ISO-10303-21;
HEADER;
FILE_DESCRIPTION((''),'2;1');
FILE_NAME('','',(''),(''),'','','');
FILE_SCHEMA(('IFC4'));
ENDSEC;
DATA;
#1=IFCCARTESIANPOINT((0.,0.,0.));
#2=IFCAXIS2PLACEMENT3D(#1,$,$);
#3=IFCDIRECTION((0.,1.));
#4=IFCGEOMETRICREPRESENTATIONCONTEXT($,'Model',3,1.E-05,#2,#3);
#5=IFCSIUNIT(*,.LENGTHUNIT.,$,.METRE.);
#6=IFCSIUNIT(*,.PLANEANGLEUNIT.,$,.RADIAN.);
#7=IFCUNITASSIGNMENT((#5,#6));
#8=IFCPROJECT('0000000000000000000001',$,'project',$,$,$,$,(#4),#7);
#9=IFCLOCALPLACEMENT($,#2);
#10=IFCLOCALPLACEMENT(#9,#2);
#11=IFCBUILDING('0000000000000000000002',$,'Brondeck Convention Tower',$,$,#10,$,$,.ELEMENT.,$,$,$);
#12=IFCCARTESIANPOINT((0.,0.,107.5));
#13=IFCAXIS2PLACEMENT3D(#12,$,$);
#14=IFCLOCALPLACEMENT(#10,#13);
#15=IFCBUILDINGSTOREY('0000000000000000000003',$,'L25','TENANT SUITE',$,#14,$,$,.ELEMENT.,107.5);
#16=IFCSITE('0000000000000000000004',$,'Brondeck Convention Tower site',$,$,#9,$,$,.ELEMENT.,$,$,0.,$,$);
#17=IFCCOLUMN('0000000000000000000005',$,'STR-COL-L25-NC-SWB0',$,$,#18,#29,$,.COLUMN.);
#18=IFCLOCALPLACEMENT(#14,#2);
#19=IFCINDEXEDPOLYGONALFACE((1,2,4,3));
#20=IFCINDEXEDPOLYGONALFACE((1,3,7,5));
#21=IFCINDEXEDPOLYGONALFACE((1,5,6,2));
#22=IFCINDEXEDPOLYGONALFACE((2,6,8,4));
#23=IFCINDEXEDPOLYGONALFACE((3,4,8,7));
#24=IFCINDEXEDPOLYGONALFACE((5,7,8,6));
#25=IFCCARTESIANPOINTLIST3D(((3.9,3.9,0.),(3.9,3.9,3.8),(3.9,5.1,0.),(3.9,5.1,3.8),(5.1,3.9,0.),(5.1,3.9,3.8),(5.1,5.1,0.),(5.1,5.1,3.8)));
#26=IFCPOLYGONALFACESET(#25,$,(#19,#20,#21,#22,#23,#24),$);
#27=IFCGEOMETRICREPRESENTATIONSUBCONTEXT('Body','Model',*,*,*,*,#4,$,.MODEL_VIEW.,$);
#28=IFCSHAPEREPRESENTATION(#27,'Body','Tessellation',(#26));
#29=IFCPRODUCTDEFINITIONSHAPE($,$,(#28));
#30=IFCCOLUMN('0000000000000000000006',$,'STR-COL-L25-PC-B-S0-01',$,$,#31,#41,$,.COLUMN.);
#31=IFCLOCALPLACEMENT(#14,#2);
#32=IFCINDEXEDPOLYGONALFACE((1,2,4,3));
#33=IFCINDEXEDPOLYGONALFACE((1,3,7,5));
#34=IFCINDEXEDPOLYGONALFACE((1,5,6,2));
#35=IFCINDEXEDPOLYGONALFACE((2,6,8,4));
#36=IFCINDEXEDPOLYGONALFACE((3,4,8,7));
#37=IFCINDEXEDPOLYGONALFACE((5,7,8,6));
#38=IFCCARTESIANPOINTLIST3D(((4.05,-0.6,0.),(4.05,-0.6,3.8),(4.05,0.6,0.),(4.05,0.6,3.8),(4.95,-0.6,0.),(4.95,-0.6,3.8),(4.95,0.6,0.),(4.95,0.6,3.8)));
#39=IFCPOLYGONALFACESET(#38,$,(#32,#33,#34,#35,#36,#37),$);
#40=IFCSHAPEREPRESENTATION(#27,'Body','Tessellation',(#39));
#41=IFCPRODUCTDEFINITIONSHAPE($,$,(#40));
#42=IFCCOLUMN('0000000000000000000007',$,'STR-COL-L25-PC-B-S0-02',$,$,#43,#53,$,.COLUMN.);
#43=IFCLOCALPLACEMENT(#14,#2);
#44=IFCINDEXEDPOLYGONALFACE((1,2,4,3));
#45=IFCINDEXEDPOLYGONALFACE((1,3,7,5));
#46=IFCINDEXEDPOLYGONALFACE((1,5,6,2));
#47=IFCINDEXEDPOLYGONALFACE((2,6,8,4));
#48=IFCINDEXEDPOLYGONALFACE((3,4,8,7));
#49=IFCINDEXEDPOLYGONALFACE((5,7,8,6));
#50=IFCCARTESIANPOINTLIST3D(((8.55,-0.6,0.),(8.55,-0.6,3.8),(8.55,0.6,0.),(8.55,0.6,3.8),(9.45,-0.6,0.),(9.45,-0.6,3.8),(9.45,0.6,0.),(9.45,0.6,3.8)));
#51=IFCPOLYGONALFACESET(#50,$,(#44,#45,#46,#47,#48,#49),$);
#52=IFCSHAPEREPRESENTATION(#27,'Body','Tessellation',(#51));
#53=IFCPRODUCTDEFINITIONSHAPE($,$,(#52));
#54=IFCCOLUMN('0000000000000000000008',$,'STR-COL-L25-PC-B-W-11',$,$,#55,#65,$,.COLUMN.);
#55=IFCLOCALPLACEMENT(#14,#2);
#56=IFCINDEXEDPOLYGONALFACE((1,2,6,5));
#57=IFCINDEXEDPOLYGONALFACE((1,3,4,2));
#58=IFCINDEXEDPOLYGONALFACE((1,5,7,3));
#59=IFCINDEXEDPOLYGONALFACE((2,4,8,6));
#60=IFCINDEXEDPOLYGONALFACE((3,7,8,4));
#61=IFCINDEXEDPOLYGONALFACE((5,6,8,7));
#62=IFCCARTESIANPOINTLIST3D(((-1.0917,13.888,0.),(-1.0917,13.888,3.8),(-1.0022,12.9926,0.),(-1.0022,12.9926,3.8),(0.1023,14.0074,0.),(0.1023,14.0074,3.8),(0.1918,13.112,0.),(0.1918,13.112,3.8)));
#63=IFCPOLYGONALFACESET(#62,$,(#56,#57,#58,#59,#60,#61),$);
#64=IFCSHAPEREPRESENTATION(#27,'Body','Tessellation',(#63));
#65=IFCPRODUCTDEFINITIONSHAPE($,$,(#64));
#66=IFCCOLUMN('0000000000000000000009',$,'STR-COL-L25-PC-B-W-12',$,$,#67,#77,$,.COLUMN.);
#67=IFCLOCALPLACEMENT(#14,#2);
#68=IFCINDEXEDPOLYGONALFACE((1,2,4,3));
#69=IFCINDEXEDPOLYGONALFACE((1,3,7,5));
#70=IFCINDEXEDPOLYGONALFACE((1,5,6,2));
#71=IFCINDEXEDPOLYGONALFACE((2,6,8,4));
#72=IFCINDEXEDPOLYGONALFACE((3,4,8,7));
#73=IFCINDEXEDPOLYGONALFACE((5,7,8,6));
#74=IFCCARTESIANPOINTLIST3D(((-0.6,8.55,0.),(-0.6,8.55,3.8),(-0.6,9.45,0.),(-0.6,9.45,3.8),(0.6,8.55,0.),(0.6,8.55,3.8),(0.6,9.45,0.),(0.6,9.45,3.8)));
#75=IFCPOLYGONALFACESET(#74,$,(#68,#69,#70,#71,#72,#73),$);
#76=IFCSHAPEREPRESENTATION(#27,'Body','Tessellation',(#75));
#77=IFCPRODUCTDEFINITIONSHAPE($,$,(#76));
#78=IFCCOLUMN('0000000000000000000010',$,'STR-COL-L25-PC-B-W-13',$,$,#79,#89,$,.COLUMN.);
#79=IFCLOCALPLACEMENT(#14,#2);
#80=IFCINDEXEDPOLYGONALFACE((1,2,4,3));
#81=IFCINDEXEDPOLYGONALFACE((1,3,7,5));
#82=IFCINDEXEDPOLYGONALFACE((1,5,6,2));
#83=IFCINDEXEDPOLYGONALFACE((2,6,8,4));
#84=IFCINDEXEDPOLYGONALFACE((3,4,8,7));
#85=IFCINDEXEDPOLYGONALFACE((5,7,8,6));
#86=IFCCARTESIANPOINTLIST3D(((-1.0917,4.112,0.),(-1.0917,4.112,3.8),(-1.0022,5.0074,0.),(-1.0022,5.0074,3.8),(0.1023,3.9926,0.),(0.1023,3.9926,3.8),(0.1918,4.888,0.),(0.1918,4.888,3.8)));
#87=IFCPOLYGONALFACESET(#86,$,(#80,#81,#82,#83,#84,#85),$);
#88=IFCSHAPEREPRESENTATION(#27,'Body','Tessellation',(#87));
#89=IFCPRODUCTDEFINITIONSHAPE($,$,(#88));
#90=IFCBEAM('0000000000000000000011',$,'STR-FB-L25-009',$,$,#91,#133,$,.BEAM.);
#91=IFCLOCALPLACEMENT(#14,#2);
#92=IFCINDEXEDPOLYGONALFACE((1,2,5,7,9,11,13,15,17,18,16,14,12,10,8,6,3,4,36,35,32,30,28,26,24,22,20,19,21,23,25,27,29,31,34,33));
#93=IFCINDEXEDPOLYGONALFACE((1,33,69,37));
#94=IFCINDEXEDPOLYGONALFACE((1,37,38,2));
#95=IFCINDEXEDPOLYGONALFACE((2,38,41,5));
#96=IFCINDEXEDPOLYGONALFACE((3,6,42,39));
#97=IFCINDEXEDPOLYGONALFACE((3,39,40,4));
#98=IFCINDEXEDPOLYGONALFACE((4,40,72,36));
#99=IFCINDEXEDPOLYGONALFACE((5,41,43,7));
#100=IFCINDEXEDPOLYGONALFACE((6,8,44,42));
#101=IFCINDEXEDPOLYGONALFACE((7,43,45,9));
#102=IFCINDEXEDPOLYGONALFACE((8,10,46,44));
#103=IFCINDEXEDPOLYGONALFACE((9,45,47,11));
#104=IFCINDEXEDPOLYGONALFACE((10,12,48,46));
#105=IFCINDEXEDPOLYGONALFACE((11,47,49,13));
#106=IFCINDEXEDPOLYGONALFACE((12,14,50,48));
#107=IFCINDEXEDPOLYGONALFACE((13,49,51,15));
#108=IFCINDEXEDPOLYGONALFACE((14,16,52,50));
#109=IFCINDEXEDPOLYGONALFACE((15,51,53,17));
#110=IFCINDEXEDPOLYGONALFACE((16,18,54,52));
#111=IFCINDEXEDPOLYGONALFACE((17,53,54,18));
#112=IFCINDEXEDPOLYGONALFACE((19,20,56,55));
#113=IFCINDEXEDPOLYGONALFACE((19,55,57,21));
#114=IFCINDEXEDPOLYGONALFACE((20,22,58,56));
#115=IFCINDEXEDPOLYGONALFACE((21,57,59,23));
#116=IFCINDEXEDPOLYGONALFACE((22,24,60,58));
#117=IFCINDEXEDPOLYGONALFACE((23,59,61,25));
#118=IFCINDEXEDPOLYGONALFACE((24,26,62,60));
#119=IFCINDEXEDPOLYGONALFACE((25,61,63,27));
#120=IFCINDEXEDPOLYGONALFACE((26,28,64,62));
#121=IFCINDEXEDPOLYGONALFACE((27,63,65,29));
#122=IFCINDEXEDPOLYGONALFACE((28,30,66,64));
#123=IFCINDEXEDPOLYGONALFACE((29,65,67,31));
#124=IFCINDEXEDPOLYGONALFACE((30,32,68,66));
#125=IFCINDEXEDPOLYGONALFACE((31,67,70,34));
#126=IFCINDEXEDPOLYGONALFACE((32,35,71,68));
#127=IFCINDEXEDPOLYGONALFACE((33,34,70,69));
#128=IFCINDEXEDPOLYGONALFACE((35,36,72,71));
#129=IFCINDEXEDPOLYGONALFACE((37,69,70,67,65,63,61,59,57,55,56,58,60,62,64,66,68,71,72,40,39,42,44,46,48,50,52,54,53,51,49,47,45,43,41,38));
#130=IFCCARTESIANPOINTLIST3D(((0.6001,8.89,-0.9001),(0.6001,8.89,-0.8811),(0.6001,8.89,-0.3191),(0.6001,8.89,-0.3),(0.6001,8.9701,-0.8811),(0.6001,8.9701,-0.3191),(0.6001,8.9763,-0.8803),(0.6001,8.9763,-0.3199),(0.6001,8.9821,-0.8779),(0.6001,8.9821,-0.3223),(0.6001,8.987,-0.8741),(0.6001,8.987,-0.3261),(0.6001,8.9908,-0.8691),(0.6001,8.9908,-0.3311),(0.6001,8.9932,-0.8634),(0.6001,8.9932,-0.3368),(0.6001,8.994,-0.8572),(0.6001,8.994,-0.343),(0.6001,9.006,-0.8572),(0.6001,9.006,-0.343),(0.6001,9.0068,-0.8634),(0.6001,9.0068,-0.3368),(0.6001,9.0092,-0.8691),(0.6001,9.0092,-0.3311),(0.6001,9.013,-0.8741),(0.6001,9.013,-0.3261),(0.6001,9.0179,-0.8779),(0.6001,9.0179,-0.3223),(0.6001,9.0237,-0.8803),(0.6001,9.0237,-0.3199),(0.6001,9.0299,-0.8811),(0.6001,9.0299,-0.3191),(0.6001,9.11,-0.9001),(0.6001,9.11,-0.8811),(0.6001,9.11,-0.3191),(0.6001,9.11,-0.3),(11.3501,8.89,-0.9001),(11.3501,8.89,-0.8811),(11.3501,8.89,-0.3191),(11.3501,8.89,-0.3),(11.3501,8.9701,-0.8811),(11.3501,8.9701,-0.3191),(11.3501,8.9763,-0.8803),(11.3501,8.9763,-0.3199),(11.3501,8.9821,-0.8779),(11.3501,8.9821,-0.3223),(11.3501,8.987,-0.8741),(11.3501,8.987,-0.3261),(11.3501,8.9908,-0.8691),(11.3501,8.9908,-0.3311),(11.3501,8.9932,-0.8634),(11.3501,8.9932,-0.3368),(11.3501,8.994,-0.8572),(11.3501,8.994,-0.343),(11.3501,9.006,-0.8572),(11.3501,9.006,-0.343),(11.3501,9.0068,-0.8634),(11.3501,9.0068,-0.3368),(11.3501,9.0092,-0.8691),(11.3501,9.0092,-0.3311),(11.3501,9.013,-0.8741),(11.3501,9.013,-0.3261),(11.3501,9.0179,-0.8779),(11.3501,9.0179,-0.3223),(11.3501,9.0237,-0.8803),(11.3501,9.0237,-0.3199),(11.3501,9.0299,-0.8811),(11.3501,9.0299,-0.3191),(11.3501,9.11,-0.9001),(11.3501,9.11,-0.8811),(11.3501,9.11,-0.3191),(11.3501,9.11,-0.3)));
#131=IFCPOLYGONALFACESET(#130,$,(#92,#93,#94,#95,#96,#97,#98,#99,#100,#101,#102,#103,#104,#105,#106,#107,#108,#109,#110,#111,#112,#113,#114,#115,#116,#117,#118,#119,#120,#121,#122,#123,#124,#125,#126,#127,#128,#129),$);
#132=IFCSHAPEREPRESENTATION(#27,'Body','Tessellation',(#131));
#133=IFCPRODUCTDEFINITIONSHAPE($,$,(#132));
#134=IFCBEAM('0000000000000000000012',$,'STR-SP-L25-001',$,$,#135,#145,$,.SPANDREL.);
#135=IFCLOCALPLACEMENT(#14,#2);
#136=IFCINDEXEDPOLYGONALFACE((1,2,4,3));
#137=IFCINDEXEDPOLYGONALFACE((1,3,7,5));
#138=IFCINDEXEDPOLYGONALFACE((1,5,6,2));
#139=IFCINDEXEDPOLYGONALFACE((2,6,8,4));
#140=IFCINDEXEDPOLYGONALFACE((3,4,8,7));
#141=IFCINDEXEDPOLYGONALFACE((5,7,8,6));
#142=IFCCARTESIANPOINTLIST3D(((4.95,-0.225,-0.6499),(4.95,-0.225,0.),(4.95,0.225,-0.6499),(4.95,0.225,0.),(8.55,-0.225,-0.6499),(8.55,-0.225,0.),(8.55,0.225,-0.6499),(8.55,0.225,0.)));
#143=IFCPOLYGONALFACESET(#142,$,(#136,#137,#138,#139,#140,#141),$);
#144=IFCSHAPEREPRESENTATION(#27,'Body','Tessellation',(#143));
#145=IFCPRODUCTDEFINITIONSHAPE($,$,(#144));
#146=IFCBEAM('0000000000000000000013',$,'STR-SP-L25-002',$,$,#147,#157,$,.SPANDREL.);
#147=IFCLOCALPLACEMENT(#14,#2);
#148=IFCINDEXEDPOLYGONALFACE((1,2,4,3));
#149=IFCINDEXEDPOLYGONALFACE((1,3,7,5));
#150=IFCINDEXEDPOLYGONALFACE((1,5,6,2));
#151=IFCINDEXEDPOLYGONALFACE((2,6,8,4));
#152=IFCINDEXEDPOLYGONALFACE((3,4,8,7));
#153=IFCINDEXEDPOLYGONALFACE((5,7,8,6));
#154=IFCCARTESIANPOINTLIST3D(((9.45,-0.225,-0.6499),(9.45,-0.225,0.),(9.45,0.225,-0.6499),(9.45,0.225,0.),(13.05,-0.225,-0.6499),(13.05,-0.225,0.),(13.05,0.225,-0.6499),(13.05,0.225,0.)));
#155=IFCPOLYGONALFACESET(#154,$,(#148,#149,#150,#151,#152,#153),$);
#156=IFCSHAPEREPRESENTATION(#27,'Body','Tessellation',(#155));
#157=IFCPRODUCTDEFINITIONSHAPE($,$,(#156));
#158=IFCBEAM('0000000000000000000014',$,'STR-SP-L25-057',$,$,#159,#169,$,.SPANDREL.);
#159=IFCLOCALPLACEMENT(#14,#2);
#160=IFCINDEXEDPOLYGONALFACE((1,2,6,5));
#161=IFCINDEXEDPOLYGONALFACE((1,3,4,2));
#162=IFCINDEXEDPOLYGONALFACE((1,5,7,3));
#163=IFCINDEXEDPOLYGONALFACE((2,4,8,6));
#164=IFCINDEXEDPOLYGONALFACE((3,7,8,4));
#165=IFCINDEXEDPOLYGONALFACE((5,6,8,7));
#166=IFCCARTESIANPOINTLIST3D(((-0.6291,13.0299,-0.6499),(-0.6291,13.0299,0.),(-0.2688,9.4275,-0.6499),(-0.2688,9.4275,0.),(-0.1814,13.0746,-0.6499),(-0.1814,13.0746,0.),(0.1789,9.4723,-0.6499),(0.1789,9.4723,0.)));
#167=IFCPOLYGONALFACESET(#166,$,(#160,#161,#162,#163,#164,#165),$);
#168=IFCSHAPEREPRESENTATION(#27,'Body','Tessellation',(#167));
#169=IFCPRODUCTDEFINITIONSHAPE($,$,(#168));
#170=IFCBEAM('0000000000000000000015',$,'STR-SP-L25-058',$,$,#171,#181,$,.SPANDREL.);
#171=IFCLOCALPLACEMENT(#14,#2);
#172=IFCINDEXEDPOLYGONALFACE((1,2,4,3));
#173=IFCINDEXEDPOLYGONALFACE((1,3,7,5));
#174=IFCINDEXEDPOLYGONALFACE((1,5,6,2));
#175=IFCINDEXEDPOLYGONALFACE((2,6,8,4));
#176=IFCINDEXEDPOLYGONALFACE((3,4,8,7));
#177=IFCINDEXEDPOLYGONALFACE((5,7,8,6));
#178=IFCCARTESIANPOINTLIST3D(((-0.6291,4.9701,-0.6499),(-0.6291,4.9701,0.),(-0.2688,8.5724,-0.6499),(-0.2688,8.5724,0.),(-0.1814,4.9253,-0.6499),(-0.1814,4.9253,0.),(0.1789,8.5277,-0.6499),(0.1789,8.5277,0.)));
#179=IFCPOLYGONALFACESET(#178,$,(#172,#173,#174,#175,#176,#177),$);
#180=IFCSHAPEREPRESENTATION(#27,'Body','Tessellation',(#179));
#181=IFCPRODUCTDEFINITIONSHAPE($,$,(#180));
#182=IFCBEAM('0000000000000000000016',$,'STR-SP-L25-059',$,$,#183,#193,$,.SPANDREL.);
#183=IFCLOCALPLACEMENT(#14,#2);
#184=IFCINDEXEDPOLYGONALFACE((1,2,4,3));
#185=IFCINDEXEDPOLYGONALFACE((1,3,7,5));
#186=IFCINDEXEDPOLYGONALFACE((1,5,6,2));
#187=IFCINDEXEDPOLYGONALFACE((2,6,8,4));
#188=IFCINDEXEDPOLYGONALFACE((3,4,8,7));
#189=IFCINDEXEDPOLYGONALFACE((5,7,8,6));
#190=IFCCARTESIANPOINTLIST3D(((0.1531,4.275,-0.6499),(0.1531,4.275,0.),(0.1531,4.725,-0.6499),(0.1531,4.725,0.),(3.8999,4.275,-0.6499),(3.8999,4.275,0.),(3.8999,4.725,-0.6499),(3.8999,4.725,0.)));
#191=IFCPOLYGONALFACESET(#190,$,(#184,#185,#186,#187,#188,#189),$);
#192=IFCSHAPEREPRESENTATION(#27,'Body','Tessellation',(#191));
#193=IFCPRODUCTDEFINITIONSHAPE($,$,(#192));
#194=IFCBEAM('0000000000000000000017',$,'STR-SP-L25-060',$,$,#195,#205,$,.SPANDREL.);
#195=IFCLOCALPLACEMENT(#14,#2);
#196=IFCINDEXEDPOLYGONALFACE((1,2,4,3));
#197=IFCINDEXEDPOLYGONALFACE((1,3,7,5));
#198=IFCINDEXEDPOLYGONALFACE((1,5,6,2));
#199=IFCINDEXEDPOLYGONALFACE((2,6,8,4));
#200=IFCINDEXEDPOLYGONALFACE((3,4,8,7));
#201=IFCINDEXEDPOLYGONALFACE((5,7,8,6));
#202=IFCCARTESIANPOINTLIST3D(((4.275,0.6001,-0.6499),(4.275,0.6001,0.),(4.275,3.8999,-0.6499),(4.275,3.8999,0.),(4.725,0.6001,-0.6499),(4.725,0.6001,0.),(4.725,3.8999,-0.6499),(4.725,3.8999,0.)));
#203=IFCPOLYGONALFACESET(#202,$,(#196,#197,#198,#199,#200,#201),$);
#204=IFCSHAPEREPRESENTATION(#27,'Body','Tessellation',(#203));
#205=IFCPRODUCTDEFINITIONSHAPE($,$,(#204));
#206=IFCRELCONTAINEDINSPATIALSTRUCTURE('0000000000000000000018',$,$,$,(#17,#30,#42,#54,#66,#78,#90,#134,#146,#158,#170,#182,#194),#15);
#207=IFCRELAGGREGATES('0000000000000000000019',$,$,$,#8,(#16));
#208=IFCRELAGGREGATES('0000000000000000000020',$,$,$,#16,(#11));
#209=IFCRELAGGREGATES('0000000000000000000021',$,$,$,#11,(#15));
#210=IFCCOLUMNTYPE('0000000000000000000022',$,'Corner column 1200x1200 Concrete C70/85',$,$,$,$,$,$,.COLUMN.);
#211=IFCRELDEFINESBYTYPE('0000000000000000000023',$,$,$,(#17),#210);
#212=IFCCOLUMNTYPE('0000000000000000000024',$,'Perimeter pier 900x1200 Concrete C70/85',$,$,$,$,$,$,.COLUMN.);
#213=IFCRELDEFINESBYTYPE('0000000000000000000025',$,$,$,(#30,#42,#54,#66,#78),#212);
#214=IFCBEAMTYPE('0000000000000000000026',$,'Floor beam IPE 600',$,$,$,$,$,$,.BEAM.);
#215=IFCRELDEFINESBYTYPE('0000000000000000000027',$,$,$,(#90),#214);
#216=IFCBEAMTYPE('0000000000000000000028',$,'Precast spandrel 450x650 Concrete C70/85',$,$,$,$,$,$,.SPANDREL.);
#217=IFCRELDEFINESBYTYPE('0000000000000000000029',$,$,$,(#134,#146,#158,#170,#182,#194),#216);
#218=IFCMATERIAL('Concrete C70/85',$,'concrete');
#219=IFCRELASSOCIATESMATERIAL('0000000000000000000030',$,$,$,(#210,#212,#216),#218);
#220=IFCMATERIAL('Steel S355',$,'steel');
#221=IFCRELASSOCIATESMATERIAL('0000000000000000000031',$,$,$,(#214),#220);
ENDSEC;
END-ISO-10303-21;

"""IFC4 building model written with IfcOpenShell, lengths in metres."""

from ifc_helpers import new_model, si_unit, direction, frame, origin, origin_2d, place, context, subcontext, project, spatial, rectangle, i_section, extrude, material, material_profile, profile_set, type_object, element, save


model = new_model("IFC4")

# Units and contexts
model_context = context("Model", 3, precision=1e-05, world=origin(), true_north=direction((0.0, 1.0)))
body_context = subcontext(model_context, "Body", "Model", "MODEL_VIEW")
ifc_project = project(units=[si_unit("LENGTHUNIT", "METRE"), si_unit("PLANEANGLEUNIT", "RADIAN")], contexts=[model_context])

# Site, building, storey
site_placement = place(None, origin())
site = spatial("IfcSite", under=ifc_project, at=site_placement, Name="Brondeck Convention Tower site", CompositionType="ELEMENT", RefElevation=0.0)
building_placement = place(site_placement, origin())
building = spatial("IfcBuilding", under=site, at=building_placement, Name="Brondeck Convention Tower", CompositionType="ELEMENT")
storey_placement = place(building_placement, frame((0.0, 0.0, 107.5)))
storey = spatial("IfcBuildingStorey", under=building, at=storey_placement, Name="L25", Description="TENANT SUITE", CompositionType="ELEMENT", Elevation=107.5)

# Columns
ifc_material_1 = material(Name="Concrete C70/85", Category="concrete")
ifc_material_profile_1 = material_profile(ifc_material_1, rectangle(XDim=1.2, YDim=1.2, at=origin_2d()), Name="Corner column 1200x1200 Concrete C70/85")
ifc_profile_set_1 = profile_set([ifc_material_profile_1], Name="Concrete C70/85")
column_type_1 = type_object("IfcColumnType", Name="Corner column 1200x1200 Concrete C70/85", PredefinedType="COLUMN", material=ifc_profile_set_1)
column_placement = place(storey_placement, frame((4.5, 4.5, 0.0), z_axis=(0.0, 0.0, 1.0), x_axis=(1.0, 0.0, 0.0)))
element("IfcColumn", 1, at=column_placement, inside=storey, type_object=column_type_1, Name="STR-COL-L25-NC-SWB0", PredefinedType="COLUMN", context=body_context, shape_type="SweptSolid", body=[
    extrude(rectangle(XDim=1.2, YDim=1.2, at=origin_2d()), origin(), (0.0, 0.0, 1.0), 3.8),
])
ifc_material_profile_2 = material_profile(ifc_material_1, rectangle(XDim=0.8999, YDim=1.2, at=origin_2d()), Name="Perimeter pier 900x1200 Concrete C70/85")
ifc_profile_set_2 = profile_set([ifc_material_profile_2], Name="Concrete C70/85")
column_type_2 = type_object("IfcColumnType", Name="Perimeter pier 900x1200 Concrete C70/85", PredefinedType="COLUMN", material=ifc_profile_set_2)
for number, where, z_axis, x_axis, name in (
    (2, (4.5, 0.0, 0.0), (0.0, 0.0, 1.0), (1.0, 0.0, 0.0), "STR-COL-L25-PC-B-S0-01"),
    (3, (9.0, 0.0, 0.0), (0.0, 0.0, 1.0), (1.0, 0.0, 0.0), "STR-COL-L25-PC-B-S0-02"),
    (4, (-0.45, 13.5, 0.0), (0.0, 0.0, 1.0), (0.099504, -0.995037, 0.0), "STR-COL-L25-PC-B-W-11"),
    (5, (0.0, 9.0, 0.0), (0.0, 0.0, 1.0), (0.0, -1.0, 0.0), "STR-COL-L25-PC-B-W-12"),
    (6, (-0.45, 4.5, 0.0), (0.0, 0.0, 1.0), (-0.099504, -0.995037, 0.0), "STR-COL-L25-PC-B-W-13"),
):
    element("IfcColumn", number, at=place(storey_placement, frame(where, z_axis=z_axis, x_axis=x_axis)), inside=storey, type_object=column_type_2, Name=name, PredefinedType="COLUMN", context=body_context, shape_type="SweptSolid", body=[
        extrude(rectangle(XDim=0.8999, YDim=1.2, at=origin_2d()), origin(), (0.0, 0.0, 1.0), 3.8),
    ])

# Beams
ifc_material_2 = material(Name="Steel S355", Category="steel")
ifc_material_profile_3 = material_profile(ifc_material_2, i_section(OverallWidth=0.22, OverallDepth=0.6001, WebThickness=0.012, FlangeThickness=0.019, FilletRadius=0.0239, at=origin_2d()), Name="IPE 600")
ifc_profile_set_3 = profile_set([ifc_material_profile_3], Name="Steel S355")
beam_type_1 = type_object("IfcBeamType", Name="Floor beam IPE 600", PredefinedType="BEAM", material=ifc_profile_set_3)
beam_1_placement = place(storey_placement, frame((0.6001, 9.0, -0.6001), z_axis=(1.0, 0.0, 0.0), x_axis=(0.0, 1.0, 0.0)))
element("IfcBeam", 7, at=beam_1_placement, inside=storey, type_object=beam_type_1, Name="STR-FB-L25-009", PredefinedType="BEAM", context=body_context, shape_type="SweptSolid", body=[
    extrude(i_section(OverallWidth=0.22, OverallDepth=0.6001, WebThickness=0.012, FlangeThickness=0.019, FilletRadius=0.0239, at=origin_2d()), origin(), (0.0, 0.0, 1.0), 10.75),
])
ifc_material_profile_4 = material_profile(ifc_material_1, rectangle(XDim=0.45, YDim=0.6499, at=origin_2d()), Name="Precast spandrel 450x650 Concrete C70/85")
ifc_profile_set_4 = profile_set([ifc_material_profile_4], Name="Concrete C70/85")
beam_type_2 = type_object("IfcBeamType", Name="Precast spandrel 450x650 Concrete C70/85", PredefinedType="SPANDREL", material=ifc_profile_set_4)
for number, where, z_axis, x_axis, name in (
    (8, (4.95, 0.0, -0.325), (1.0, 0.0, 0.0), (0.0, 1.0, 0.0), "STR-SP-L25-001"),
    (9, (9.45, 0.0, -0.325), (1.0, 0.0, 0.0), (0.0, 1.0, 0.0), "STR-SP-L25-002"),
):
    element("IfcBeam", number, at=place(storey_placement, frame(where, z_axis=z_axis, x_axis=x_axis)), inside=storey, type_object=beam_type_2, Name=name, PredefinedType="SPANDREL", context=body_context, shape_type="SweptSolid", body=[
        extrude(rectangle(XDim=0.45, YDim=0.6499, at=origin_2d()), origin(), (0.0, 0.0, 1.0), 3.6001),
    ])
for number, where, z_axis, x_axis, name in (
    (10, (-0.4053, 13.0522, -0.325), (0.099537, -0.995034, 0.0), (0.995034, 0.099537, 0.0), "STR-SP-L25-057"),
    (11, (-0.0449, 8.55, -0.325), (-0.099537, -0.995034, 0.0), (0.995034, -0.099537, 0.0), "STR-SP-L25-058"),
):
    element("IfcBeam", number, at=place(storey_placement, frame(where, z_axis=z_axis, x_axis=x_axis)), inside=storey, type_object=beam_type_2, Name=name, PredefinedType="SPANDREL", context=body_context, shape_type="SweptSolid", body=[
        extrude(rectangle(XDim=0.45, YDim=0.6499, at=origin_2d()), origin(), (0.0, 0.0, 1.0), 3.6204),
    ])
beam_2_placement = place(storey_placement, frame((0.1531, 4.5, -0.325), z_axis=(1.0, 0.0, 0.0), x_axis=(0.0, 1.0, 0.0)))
element("IfcBeam", 12, at=beam_2_placement, inside=storey, type_object=beam_type_2, Name="STR-SP-L25-059", PredefinedType="SPANDREL", context=body_context, shape_type="SweptSolid", body=[
    extrude(rectangle(XDim=0.45, YDim=0.6499, at=origin_2d()), origin(), (0.0, 0.0, 1.0), 3.7468),
])
beam_3_placement = place(storey_placement, frame((4.5, 3.8999, -0.325), z_axis=(0.0, -1.0, 0.0), x_axis=(1.0, 0.0, 0.0)))
element("IfcBeam", 13, at=beam_3_placement, inside=storey, type_object=beam_type_2, Name="STR-SP-L25-060", PredefinedType="SPANDREL", context=body_context, shape_type="SweptSolid", body=[
    extrude(rectangle(XDim=0.45, YDim=0.6499, at=origin_2d()), origin(), (0.0, 0.0, 1.0), 3.2998),
])

save(model, "model.ifc")
